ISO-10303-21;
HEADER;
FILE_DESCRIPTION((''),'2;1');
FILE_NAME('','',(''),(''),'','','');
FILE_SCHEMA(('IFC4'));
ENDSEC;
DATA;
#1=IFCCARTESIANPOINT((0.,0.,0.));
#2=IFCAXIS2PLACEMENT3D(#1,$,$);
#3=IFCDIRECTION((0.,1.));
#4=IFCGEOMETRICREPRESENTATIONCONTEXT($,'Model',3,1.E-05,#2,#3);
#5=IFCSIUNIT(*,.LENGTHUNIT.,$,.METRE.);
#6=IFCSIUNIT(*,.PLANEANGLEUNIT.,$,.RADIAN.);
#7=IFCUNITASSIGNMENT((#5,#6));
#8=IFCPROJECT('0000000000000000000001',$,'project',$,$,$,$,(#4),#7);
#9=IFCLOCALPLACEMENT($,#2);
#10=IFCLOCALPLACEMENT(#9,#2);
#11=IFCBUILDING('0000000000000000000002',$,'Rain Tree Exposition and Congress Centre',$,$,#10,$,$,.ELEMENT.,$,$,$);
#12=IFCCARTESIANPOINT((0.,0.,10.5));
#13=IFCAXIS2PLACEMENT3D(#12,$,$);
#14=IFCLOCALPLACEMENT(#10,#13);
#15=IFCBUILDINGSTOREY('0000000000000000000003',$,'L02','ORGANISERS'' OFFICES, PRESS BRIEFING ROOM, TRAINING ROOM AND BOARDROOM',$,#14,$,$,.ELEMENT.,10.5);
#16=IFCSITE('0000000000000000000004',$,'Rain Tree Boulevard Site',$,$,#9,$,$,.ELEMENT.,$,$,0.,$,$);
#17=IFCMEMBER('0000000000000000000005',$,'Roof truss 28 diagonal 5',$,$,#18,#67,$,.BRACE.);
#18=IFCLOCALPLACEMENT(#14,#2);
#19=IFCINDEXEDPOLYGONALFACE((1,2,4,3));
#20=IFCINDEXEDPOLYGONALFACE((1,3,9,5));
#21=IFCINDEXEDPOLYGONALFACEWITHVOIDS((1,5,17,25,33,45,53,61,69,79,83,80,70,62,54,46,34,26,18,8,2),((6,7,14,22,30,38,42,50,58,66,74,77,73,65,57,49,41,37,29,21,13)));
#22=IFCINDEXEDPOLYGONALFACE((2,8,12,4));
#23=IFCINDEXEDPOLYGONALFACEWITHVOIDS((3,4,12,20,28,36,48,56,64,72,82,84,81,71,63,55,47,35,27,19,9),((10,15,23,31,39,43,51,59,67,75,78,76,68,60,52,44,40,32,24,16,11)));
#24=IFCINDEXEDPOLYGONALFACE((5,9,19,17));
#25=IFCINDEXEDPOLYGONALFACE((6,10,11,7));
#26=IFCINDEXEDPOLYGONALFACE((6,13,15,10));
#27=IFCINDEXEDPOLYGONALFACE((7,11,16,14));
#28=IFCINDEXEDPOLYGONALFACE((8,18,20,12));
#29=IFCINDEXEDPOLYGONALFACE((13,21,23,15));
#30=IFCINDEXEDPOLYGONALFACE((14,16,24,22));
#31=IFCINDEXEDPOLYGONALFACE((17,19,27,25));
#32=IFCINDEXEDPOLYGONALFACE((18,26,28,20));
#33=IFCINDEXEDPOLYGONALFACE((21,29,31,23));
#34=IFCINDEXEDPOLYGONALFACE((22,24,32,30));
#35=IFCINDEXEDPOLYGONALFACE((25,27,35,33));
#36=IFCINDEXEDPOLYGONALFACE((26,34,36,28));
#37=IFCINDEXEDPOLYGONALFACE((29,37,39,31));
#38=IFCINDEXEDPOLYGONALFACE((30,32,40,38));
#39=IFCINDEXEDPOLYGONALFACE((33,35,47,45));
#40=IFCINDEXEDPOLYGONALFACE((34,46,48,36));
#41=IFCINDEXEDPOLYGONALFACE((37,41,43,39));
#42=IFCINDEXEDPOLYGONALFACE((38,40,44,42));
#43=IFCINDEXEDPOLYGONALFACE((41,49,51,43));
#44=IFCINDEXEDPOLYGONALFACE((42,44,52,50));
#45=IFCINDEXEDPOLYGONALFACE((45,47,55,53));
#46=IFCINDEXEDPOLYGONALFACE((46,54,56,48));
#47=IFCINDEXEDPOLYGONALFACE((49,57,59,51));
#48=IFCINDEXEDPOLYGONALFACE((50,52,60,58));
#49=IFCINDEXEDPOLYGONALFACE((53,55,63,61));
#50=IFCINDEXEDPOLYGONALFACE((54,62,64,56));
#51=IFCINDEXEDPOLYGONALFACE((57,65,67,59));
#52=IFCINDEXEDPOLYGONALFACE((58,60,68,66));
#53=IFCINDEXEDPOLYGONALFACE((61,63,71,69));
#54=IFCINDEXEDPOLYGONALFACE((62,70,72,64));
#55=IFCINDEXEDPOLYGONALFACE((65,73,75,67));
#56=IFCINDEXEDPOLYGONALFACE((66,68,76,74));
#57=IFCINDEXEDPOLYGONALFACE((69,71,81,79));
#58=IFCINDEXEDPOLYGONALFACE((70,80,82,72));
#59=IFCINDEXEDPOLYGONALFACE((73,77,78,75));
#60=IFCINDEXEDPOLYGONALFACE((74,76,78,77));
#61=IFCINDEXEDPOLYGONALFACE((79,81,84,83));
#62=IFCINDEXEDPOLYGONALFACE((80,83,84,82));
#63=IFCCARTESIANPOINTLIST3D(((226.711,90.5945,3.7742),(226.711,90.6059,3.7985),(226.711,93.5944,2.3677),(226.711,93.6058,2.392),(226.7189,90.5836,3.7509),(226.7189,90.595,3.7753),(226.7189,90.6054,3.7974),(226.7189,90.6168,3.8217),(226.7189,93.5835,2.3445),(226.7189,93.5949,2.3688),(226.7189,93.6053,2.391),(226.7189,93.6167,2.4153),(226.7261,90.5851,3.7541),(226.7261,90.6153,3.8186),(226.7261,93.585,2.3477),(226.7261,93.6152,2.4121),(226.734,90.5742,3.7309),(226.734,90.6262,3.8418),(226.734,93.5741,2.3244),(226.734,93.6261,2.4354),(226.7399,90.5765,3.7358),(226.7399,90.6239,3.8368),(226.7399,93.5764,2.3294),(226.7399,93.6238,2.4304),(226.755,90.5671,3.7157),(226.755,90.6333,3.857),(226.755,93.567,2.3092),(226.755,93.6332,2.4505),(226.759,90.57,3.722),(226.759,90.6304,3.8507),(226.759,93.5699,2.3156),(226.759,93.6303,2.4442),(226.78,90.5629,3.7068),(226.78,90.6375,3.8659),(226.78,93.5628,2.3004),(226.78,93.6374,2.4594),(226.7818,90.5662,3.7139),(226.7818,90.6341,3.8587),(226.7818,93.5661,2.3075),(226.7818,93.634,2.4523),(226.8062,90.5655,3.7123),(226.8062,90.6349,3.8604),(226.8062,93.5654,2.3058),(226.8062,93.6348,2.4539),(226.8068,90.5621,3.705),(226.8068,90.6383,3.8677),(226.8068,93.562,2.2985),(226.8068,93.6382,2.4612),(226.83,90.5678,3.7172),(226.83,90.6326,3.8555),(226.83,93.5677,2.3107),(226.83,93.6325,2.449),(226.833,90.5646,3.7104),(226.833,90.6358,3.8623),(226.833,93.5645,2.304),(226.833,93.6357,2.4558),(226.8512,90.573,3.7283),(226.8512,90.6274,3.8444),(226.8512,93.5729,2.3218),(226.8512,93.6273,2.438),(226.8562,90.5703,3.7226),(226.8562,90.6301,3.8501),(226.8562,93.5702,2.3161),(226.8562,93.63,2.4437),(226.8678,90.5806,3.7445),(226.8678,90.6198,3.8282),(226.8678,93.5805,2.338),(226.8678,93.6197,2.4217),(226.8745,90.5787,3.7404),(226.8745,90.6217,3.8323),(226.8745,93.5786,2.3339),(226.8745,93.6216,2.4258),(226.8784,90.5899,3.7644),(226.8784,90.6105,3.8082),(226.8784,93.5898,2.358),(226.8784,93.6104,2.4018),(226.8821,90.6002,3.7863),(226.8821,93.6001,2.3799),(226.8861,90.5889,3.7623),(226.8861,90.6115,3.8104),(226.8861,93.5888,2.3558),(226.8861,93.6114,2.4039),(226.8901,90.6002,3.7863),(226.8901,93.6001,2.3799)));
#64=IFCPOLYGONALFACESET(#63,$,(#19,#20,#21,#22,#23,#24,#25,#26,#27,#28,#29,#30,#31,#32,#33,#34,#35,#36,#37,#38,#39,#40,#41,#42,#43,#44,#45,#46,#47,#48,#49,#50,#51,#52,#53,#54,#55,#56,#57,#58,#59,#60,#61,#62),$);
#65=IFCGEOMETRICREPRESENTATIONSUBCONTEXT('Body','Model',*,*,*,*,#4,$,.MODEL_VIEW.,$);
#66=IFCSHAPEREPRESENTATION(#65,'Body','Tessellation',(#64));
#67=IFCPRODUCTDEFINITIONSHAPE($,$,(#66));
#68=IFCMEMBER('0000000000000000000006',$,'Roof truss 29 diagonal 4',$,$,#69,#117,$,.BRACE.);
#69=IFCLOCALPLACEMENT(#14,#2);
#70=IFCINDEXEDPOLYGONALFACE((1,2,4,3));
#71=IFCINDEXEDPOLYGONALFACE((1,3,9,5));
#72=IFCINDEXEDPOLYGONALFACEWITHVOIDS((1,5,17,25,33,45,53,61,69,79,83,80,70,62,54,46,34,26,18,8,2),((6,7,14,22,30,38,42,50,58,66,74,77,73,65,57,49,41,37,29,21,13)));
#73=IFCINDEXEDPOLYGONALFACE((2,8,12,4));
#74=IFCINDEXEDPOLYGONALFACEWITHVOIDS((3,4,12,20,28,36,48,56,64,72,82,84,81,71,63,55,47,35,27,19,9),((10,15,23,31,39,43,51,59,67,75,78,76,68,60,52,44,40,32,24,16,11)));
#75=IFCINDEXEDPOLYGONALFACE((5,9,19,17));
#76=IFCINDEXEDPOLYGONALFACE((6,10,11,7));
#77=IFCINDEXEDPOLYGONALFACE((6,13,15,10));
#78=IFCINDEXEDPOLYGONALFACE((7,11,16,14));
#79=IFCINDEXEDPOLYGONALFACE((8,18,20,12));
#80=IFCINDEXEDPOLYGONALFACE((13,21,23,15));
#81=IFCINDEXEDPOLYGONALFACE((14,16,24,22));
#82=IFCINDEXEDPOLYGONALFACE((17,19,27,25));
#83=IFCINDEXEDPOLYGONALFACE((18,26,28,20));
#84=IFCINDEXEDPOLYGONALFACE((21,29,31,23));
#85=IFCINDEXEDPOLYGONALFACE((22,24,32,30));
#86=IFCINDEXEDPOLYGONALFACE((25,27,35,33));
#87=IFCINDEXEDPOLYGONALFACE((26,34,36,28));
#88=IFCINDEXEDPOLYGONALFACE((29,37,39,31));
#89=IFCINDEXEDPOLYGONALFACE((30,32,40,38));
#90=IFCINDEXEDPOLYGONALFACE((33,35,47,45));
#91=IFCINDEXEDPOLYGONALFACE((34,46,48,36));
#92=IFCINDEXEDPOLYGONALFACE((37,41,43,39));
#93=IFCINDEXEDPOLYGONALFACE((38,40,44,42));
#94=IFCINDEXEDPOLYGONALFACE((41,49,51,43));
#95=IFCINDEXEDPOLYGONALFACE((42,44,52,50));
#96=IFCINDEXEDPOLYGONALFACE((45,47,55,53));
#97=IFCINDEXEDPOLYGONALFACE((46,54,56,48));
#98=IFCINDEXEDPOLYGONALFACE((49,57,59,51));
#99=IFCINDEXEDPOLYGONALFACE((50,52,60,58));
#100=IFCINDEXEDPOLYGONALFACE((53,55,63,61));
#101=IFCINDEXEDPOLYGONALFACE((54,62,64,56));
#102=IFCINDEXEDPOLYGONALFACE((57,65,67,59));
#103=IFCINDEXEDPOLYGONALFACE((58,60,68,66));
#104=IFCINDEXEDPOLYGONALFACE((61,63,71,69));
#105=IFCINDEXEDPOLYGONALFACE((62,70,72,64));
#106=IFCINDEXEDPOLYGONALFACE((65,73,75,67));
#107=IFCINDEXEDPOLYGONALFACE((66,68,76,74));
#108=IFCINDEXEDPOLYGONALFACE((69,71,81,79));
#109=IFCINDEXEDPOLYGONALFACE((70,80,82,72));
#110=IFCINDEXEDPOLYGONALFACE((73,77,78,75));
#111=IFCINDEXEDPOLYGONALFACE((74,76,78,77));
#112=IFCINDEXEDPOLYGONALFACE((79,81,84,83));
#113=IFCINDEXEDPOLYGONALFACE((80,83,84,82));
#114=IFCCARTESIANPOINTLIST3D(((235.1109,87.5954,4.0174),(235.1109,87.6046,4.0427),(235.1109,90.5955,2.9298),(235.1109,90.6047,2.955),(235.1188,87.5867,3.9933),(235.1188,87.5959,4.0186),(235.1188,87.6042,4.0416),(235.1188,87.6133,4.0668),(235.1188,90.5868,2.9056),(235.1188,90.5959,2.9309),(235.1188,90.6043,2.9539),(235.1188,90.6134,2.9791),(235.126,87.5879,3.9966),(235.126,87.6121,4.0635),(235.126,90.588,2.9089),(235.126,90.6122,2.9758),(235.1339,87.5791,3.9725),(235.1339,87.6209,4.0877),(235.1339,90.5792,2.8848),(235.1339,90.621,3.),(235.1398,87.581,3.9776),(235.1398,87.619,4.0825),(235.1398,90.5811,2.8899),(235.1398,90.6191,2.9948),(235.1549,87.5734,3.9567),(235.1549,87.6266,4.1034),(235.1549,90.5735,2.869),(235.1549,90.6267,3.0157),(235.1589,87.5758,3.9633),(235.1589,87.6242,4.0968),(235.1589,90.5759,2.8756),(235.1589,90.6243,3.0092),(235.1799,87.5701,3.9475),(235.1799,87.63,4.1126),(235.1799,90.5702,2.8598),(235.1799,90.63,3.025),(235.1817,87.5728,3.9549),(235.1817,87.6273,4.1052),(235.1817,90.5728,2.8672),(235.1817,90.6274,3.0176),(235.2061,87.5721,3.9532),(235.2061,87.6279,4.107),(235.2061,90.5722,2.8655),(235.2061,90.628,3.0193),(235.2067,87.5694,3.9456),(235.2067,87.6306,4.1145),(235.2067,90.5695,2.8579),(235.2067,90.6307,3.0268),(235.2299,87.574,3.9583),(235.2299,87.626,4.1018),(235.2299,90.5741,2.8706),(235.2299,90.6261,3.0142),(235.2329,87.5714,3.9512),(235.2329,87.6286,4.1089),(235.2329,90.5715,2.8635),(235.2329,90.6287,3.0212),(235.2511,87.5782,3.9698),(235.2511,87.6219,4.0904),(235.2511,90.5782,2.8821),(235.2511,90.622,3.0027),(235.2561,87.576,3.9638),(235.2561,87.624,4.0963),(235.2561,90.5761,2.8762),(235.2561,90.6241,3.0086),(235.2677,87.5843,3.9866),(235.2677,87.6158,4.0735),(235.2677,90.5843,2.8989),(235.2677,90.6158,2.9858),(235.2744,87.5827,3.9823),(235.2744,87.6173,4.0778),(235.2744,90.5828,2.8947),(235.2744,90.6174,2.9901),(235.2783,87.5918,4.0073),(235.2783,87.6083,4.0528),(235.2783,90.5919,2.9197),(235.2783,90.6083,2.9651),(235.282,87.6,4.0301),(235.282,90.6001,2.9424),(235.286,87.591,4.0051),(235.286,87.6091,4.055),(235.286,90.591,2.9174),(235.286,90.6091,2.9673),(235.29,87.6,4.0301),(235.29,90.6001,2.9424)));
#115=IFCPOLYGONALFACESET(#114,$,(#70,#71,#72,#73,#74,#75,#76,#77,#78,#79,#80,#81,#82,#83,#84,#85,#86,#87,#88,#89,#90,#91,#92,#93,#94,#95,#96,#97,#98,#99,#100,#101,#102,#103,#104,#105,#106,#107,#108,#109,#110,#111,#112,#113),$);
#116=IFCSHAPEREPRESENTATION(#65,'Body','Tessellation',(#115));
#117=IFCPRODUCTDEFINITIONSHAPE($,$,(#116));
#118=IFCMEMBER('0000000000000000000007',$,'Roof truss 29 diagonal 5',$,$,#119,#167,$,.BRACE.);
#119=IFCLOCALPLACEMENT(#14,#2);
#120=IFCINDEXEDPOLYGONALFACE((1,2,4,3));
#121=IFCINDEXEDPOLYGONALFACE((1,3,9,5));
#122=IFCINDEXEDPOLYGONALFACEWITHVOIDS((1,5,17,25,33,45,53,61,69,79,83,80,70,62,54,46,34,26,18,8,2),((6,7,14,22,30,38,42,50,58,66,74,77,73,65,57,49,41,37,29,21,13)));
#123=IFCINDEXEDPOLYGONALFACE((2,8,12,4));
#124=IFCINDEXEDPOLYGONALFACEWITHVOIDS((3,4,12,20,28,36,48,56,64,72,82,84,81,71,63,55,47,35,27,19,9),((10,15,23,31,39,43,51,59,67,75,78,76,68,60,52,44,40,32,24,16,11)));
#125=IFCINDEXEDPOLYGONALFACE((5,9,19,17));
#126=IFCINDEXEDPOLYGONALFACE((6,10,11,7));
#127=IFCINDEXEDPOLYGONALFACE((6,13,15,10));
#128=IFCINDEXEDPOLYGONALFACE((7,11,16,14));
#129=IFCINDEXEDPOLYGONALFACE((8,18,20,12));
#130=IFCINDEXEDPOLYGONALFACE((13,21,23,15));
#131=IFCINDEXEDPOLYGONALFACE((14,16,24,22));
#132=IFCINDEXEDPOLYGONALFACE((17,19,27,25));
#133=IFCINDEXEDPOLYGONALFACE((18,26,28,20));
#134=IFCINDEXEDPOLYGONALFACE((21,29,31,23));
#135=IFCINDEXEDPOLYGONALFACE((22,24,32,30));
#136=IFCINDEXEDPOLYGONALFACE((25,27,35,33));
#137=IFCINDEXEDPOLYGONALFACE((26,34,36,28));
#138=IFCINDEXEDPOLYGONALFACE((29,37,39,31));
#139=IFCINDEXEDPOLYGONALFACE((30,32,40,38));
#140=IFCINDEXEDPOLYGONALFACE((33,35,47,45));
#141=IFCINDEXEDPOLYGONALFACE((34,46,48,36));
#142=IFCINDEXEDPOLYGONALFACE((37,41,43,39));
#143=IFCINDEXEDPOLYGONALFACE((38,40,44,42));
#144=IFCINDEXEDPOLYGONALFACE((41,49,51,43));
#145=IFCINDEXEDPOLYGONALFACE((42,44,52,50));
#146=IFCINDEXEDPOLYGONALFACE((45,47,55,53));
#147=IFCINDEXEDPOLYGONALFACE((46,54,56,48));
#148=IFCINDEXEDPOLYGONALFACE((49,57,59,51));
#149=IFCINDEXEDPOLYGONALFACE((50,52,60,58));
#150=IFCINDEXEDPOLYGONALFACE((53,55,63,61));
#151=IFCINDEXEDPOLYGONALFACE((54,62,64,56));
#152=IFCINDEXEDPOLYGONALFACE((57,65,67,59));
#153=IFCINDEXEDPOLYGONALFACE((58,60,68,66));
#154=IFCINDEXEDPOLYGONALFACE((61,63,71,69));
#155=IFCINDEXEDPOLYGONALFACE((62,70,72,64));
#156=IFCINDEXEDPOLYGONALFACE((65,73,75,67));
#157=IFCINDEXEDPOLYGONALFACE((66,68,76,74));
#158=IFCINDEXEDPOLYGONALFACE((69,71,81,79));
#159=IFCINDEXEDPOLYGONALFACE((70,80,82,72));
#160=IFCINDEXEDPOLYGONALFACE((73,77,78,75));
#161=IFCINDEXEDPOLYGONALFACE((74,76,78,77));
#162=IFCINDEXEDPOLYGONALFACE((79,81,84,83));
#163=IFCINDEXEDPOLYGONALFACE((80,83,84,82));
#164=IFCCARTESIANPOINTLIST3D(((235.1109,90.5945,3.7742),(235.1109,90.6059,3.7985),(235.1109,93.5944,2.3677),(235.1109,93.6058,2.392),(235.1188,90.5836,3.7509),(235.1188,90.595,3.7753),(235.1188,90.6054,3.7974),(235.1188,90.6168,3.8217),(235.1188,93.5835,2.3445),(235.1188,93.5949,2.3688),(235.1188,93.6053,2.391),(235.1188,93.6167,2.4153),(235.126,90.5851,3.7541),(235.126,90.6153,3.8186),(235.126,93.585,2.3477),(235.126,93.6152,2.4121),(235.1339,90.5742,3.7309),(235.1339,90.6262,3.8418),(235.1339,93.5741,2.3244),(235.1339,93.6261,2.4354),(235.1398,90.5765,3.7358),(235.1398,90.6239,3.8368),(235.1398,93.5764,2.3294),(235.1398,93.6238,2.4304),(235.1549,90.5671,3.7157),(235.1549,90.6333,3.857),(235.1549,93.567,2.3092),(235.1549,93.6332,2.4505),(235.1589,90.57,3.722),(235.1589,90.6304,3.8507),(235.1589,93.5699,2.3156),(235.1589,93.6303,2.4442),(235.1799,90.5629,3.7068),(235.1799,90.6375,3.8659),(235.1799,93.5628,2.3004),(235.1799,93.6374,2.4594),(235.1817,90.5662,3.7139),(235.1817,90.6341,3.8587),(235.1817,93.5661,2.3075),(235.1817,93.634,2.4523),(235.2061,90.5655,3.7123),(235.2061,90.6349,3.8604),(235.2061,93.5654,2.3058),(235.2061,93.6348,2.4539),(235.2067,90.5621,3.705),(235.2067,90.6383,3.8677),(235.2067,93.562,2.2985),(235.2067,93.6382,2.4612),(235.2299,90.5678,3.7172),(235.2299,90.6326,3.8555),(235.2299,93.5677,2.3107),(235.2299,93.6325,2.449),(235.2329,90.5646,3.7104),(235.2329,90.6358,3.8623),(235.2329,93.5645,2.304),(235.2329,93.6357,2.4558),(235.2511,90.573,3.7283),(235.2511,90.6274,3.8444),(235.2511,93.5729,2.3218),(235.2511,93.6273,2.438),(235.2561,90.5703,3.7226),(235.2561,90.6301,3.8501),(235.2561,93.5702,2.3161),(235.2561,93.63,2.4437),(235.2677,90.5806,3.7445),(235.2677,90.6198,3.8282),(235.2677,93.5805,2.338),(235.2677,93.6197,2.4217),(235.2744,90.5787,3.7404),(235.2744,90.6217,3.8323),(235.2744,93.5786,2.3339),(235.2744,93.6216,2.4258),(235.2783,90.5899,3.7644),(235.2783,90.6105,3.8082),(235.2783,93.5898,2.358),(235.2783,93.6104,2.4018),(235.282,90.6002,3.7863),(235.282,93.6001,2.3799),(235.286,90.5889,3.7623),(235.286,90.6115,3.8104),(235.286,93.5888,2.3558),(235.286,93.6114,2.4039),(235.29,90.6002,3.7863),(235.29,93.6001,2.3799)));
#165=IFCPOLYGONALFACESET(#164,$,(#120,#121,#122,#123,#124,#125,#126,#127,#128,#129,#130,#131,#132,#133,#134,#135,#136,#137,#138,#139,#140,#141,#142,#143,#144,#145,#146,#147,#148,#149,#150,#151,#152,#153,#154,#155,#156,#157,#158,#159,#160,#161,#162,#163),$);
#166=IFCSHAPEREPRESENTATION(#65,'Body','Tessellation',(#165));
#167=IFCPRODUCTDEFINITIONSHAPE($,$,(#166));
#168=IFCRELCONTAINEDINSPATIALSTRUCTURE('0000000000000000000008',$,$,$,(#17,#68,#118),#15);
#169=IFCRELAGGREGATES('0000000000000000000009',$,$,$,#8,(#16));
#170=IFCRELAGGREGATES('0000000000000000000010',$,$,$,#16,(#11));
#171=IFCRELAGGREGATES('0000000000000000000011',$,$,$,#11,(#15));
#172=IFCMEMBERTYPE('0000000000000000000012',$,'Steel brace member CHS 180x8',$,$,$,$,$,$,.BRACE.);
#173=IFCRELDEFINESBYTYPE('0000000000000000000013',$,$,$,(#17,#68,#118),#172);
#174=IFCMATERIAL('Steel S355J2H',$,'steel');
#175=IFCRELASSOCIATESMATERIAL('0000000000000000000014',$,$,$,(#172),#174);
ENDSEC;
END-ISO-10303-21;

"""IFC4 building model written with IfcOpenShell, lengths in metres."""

from ifc_helpers import new_model, si_unit, direction, frame, origin, origin_2d, place, context, subcontext, project, spatial, hollow_circle, extrude, material, material_profile, profile_set, type_object, element, save


model = new_model("IFC4")

# Units and contexts
model_context = context("Model", 3, precision=1e-05, world=origin(), true_north=direction((0.0, 1.0)))
body_context = subcontext(model_context, "Body", "Model", "MODEL_VIEW")
ifc_project = project(units=[si_unit("LENGTHUNIT", "METRE"), si_unit("PLANEANGLEUNIT", "RADIAN")], contexts=[model_context])

# Site, building, storey
site_placement = place(None, origin())
site = spatial("IfcSite", under=ifc_project, at=site_placement, Name="Rain Tree Boulevard Site", CompositionType="ELEMENT", RefElevation=0.0)
building_placement = place(site_placement, origin())
building = spatial("IfcBuilding", under=site, at=building_placement, Name="Rain Tree Exposition and Congress Centre", CompositionType="ELEMENT")
storey_placement = place(building_placement, frame((0.0, 0.0, 10.5)))
storey = spatial("IfcBuildingStorey", under=building, at=storey_placement, Name="L02", Description="ORGANISERS' OFFICES, PRESS BRIEFING ROOM, TRAINING ROOM AND BOARDROOM", CompositionType="ELEMENT", Elevation=10.5)

# Members
ifc_material_1 = material(Name="Steel S355J2H", Category="steel")
ifc_material_profile_1 = material_profile(ifc_material_1, hollow_circle(Radius=0.0901, WallThickness=0.0081, at=origin_2d()), Name="CHS 180x8")
ifc_profile_set_1 = profile_set([ifc_material_profile_1], Name="Steel S355J2H")
member_type_1 = type_object("IfcMemberType", Name="Steel brace member CHS 180x8", PredefinedType="BRACE", material=ifc_profile_set_1)
member_1_placement = place(storey_placement, frame((226.8, 93.6001, 2.3799), z_axis=(0.0, -0.905431, 0.424494), x_axis=(1.0, 0.0, 0.0)))
element("IfcMember", 1, at=member_1_placement, inside=storey, type_object=member_type_1, Name="Roof truss 28 diagonal 5", PredefinedType="BRACE", context=body_context, shape_type="SweptSolid", body=[
    extrude(hollow_circle(Radius=0.0901, WallThickness=0.0081, at=origin_2d()), origin(), (0.0, 0.0, 1.0), 3.3132),
])
member_2_placement = place(storey_placement, frame((235.2, 90.6001, 2.9424), z_axis=(0.0, -0.940121, 0.34084), x_axis=(1.0, 0.0, 0.0)))
element("IfcMember", 2, at=member_2_placement, inside=storey, type_object=member_type_1, Name="Roof truss 29 diagonal 4", PredefinedType="BRACE", context=body_context, shape_type="SweptSolid", body=[
    extrude(hollow_circle(Radius=0.0901, WallThickness=0.0081, at=origin_2d()), origin(), (0.0, 0.0, 1.0), 3.1912),
])
member_3_placement = place(storey_placement, frame((235.2, 93.6001, 2.3799), z_axis=(0.0, -0.905431, 0.424494), x_axis=(1.0, 0.0, 0.0)))
element("IfcMember", 3, at=member_3_placement, inside=storey, type_object=member_type_1, Name="Roof truss 29 diagonal 5", PredefinedType="BRACE", context=body_context, shape_type="SweptSolid", body=[
    extrude(hollow_circle(Radius=0.0901, WallThickness=0.0081, at=origin_2d()), origin(), (0.0, 0.0, 1.0), 3.3132),
])

save(model, "model.ifc")
